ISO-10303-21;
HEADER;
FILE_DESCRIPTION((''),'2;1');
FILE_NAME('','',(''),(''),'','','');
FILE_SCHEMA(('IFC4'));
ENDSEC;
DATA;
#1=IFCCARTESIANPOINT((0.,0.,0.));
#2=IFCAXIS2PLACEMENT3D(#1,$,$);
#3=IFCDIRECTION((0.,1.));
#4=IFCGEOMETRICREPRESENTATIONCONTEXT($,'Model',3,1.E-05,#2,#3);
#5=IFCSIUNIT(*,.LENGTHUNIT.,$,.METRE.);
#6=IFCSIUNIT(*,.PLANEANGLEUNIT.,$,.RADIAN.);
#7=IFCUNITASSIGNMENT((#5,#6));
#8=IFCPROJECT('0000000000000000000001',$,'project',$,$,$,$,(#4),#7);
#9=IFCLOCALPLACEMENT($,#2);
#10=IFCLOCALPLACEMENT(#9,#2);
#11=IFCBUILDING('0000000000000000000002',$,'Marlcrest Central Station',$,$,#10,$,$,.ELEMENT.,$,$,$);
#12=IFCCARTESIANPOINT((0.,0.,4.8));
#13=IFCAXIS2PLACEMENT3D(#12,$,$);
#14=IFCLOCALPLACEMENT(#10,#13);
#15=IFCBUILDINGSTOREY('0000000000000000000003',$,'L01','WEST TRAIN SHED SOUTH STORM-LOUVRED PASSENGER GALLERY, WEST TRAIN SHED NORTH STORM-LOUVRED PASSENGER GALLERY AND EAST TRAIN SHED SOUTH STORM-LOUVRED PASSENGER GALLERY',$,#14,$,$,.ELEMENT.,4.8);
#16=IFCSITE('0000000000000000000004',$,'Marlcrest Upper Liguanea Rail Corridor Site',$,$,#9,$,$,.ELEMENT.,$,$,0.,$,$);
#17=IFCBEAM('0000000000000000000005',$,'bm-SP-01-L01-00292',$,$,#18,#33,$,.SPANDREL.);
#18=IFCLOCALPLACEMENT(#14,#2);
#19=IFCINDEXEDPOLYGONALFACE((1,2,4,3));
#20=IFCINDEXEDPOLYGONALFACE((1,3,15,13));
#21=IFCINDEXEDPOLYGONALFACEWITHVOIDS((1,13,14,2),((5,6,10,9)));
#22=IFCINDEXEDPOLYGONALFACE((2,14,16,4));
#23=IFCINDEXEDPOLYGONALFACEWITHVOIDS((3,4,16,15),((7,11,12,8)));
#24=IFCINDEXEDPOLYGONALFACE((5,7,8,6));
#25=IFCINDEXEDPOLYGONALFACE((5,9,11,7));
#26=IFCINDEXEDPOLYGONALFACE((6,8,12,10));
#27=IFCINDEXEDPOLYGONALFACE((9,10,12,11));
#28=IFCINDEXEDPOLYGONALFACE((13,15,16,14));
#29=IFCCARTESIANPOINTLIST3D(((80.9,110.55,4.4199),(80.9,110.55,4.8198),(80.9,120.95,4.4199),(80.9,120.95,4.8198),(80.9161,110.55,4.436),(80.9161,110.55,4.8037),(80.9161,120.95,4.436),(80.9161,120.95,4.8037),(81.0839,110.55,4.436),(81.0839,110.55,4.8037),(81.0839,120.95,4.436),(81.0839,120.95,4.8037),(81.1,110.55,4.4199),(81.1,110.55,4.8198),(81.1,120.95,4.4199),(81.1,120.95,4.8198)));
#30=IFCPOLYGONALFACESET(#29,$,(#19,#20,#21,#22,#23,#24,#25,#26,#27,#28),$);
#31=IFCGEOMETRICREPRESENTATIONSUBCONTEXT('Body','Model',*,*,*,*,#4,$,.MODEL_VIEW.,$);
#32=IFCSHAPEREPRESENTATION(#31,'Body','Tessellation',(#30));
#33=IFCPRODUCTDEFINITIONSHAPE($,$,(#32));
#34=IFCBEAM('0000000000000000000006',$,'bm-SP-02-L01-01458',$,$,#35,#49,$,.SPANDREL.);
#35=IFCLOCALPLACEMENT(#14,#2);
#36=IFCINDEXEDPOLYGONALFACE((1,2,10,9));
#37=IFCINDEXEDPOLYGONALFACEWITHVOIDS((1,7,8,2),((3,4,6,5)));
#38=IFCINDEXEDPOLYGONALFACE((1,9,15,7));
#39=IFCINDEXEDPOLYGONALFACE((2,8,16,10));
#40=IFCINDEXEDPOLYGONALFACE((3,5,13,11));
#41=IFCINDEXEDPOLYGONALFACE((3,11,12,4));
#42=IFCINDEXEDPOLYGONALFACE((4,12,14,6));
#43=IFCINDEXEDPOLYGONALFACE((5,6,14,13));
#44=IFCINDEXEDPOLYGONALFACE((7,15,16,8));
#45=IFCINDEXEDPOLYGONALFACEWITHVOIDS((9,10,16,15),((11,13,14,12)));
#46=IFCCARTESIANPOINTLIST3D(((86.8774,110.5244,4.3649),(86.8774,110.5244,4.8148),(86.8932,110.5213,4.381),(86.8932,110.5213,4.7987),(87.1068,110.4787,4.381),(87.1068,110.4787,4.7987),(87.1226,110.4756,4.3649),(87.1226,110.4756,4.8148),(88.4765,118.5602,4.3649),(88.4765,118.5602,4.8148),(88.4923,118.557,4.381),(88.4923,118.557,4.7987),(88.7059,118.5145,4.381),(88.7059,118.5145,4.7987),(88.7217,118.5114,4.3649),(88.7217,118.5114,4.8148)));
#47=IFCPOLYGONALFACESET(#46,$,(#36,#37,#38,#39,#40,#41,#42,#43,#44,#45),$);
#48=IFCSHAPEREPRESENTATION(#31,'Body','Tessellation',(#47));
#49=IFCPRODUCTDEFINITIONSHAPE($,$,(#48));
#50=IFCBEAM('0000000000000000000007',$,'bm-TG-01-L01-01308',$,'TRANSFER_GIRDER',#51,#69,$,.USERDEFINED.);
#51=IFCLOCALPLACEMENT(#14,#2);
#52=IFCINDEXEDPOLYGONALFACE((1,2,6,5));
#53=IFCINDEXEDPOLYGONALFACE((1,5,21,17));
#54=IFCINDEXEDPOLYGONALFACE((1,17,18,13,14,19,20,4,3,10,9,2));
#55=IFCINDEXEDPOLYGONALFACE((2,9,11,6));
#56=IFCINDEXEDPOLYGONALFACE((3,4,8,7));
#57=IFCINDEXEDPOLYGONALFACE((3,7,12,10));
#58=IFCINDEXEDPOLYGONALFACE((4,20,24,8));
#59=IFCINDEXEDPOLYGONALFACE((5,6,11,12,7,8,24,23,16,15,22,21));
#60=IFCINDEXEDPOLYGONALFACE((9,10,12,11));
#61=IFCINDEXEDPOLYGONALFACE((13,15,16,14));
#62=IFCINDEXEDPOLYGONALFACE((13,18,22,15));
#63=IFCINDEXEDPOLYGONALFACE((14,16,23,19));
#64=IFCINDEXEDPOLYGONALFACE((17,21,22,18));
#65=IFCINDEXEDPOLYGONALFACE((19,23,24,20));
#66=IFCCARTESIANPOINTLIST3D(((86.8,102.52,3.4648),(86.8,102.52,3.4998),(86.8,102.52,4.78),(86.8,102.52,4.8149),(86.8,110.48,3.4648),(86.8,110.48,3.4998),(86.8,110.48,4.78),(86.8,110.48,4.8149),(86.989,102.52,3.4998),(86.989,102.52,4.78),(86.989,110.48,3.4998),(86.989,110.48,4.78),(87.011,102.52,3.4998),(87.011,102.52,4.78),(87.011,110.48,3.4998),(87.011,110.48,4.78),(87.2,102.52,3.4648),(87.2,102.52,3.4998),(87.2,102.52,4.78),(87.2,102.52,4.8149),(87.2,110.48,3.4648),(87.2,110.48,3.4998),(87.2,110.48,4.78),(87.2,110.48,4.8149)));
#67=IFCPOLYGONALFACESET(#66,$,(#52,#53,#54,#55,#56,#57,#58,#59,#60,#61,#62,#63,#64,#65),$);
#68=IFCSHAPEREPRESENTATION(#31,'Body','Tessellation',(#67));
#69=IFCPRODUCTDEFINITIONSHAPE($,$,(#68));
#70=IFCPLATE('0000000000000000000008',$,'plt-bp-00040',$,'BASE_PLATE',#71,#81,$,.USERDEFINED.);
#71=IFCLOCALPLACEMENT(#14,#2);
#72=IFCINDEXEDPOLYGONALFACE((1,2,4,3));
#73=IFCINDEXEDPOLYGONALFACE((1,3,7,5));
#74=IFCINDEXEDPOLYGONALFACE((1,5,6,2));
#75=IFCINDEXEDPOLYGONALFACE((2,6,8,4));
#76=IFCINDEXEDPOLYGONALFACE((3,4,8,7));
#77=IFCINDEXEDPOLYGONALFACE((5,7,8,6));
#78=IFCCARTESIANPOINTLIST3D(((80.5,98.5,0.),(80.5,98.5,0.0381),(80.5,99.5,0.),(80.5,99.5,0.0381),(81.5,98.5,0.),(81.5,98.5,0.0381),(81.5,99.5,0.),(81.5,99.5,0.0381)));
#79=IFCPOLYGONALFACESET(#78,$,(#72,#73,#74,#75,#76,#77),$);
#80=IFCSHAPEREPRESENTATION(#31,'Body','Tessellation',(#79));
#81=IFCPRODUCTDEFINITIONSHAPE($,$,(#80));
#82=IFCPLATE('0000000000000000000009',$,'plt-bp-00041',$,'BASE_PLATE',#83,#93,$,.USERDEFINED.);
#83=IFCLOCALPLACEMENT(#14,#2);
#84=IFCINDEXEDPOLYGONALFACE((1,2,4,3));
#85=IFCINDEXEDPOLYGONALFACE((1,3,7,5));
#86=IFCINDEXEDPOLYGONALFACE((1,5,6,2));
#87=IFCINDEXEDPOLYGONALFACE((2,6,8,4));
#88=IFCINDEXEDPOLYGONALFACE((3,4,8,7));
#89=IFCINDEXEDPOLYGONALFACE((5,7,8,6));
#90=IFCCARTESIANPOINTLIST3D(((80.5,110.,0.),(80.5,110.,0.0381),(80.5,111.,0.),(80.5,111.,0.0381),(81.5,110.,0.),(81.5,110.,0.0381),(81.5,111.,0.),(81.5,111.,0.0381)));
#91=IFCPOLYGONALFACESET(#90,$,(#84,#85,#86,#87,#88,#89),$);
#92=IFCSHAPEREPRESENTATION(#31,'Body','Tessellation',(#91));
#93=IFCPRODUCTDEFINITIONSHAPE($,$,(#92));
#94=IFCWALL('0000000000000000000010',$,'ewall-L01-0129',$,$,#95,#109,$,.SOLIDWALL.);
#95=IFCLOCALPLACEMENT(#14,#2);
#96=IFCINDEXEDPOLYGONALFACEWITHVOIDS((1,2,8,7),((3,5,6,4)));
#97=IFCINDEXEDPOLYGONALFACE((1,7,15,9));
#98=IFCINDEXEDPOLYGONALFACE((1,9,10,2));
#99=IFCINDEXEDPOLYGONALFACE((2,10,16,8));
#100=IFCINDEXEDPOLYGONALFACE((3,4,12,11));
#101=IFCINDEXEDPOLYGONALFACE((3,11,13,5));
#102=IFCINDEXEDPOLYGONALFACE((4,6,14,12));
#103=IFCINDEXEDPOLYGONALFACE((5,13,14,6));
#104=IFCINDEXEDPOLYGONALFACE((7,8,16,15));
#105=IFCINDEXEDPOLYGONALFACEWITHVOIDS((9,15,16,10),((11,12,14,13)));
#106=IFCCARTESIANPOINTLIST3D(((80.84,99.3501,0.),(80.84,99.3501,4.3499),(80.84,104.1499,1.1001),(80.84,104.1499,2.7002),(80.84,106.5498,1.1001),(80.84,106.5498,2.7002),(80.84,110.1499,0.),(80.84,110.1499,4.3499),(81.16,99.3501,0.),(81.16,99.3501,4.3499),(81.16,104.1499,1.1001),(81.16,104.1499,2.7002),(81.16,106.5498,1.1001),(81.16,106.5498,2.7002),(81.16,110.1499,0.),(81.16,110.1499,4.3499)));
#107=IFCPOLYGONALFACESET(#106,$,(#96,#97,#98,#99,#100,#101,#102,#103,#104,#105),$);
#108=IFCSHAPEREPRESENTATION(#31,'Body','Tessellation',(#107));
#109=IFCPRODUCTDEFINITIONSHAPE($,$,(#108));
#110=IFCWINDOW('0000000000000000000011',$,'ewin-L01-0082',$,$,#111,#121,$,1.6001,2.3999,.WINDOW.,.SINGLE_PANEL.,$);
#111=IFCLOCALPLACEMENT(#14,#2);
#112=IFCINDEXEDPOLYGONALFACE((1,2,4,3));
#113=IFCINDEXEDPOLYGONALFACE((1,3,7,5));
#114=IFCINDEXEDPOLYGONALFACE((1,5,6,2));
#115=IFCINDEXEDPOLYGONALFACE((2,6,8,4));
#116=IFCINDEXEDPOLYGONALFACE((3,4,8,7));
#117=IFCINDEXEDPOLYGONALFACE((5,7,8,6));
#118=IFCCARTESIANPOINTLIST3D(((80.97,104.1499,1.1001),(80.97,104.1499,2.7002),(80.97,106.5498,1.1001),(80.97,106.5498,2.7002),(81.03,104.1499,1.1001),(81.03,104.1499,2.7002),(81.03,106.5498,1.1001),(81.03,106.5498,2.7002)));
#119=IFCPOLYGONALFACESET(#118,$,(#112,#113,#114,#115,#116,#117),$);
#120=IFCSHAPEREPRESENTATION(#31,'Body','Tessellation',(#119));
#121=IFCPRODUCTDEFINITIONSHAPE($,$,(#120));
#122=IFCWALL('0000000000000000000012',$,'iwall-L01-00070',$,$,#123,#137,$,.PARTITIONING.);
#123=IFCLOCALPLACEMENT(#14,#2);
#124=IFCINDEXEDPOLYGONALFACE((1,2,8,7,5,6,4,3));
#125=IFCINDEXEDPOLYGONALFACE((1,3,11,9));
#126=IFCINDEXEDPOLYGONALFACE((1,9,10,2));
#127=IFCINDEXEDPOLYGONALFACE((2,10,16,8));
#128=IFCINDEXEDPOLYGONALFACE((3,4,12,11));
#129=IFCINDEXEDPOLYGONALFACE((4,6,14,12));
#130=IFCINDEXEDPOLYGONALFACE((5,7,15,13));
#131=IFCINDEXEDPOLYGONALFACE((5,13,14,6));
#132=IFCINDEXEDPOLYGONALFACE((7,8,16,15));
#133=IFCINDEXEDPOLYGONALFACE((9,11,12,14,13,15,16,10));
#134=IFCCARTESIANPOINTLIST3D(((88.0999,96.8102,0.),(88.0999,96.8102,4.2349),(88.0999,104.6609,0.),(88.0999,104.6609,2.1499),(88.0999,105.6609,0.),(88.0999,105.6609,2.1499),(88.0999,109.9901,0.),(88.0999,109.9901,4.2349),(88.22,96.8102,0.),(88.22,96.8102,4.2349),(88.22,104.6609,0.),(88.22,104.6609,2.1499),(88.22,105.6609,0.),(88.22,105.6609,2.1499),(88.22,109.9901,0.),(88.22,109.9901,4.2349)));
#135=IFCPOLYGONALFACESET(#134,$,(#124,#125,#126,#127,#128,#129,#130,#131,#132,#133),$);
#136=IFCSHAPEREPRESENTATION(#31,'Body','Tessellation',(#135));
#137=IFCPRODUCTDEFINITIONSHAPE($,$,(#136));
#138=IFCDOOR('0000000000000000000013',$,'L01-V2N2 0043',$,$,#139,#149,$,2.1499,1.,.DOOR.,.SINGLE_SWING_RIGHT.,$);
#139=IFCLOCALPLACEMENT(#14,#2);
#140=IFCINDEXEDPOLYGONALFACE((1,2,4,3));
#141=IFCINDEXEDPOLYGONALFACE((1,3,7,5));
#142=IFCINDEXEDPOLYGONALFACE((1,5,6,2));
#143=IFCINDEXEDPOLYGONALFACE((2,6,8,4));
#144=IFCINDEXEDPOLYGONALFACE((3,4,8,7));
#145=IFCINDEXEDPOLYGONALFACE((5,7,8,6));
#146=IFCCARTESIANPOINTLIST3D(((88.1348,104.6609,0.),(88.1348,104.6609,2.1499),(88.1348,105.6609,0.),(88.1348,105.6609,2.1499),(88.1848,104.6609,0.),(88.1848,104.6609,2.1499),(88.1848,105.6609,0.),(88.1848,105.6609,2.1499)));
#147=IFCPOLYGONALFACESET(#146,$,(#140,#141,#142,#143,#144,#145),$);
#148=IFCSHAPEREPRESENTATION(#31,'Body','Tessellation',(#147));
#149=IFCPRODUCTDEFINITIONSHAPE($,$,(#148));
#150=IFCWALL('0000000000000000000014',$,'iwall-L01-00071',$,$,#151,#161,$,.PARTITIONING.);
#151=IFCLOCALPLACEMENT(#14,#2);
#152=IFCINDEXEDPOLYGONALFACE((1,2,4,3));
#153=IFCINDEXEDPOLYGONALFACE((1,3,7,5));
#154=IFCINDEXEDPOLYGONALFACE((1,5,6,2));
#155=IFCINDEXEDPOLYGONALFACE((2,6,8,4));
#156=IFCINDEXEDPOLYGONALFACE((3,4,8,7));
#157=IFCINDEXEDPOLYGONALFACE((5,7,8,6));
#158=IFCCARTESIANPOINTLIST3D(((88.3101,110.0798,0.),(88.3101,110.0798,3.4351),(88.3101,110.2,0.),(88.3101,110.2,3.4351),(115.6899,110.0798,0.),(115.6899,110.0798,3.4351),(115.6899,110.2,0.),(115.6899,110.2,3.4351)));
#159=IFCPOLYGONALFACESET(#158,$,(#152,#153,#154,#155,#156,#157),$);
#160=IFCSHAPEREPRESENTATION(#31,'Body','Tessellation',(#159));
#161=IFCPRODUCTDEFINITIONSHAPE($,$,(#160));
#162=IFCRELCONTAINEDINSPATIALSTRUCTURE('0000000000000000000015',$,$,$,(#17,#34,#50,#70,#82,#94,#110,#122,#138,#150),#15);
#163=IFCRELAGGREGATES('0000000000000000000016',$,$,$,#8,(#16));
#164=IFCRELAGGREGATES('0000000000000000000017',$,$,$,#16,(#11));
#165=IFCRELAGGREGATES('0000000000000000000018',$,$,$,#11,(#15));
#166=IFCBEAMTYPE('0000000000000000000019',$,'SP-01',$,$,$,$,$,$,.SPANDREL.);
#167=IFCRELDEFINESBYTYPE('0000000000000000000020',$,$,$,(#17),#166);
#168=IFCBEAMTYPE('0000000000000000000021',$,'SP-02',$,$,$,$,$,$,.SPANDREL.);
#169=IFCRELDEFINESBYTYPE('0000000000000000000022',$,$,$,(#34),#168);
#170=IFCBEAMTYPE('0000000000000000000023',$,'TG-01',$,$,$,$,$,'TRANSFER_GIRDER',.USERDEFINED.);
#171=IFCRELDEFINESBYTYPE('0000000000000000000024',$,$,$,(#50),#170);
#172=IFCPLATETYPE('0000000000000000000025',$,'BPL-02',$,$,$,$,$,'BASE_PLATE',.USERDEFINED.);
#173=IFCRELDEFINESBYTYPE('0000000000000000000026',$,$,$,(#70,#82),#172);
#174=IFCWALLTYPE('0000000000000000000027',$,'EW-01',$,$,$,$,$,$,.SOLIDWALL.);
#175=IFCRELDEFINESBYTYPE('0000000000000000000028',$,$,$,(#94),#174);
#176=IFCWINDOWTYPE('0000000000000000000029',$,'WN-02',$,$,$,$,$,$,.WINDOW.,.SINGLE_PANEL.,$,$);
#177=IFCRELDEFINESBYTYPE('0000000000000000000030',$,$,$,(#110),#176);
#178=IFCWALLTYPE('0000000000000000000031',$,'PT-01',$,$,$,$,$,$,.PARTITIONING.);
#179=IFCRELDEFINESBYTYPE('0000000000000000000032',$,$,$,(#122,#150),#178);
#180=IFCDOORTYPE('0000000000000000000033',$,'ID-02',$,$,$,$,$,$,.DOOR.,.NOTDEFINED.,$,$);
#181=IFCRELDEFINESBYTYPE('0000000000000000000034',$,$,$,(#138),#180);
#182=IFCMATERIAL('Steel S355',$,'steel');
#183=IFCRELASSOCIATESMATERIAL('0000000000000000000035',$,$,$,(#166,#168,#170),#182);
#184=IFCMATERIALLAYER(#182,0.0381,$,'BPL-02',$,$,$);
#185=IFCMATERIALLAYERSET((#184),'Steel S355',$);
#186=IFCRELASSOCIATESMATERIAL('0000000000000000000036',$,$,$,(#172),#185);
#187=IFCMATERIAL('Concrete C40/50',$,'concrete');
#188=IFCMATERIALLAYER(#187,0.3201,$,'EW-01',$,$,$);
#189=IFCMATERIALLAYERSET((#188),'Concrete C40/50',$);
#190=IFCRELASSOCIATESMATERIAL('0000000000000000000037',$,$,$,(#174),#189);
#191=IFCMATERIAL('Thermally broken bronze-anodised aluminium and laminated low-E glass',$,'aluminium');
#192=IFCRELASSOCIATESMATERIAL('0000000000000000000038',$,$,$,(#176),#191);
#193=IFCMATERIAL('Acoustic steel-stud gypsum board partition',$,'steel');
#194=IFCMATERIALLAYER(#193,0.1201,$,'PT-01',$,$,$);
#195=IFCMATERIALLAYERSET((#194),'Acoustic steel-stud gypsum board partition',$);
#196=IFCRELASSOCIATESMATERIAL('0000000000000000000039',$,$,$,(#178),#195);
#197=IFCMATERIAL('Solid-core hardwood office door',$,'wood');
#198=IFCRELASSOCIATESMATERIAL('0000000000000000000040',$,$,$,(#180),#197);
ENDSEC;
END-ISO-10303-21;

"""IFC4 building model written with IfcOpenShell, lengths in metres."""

from ifc_helpers import new_model, si_unit, direction, frame, frame_2d, origin, origin_2d, place, context, subcontext, project, spatial, rectangle, hollow_rectangle, i_section, extrude, material, layer, layer_set, material_profile, profile_set, type_object, element, fill, save


model = new_model("IFC4")

# Units and contexts
model_context = context("Model", 3, precision=1e-05, world=origin(), true_north=direction((0.0, 1.0)))
body_context = subcontext(model_context, "Body", "Model", "MODEL_VIEW")
ifc_project = project(units=[si_unit("LENGTHUNIT", "METRE"), si_unit("PLANEANGLEUNIT", "RADIAN")], contexts=[model_context])

# Site, building, storey
site_placement = place(None, origin())
site = spatial("IfcSite", under=ifc_project, at=site_placement, Name="Marlcrest Upper Liguanea Rail Corridor Site", CompositionType="ELEMENT", RefElevation=0.0)
building_placement = place(site_placement, origin())
building = spatial("IfcBuilding", under=site, at=building_placement, Name="Marlcrest Central Station", CompositionType="ELEMENT")
storey_placement = place(building_placement, frame((0.0, 0.0, 4.8)))
storey = spatial("IfcBuildingStorey", under=building, at=storey_placement, Name="L01", Description="WEST TRAIN SHED SOUTH STORM-LOUVRED PASSENGER GALLERY, WEST TRAIN SHED NORTH STORM-LOUVRED PASSENGER GALLERY AND EAST TRAIN SHED SOUTH STORM-LOUVRED PASSENGER GALLERY", CompositionType="ELEMENT", Elevation=4.8)

# Shared definitions
ifc_material_1 = material(Name="Steel S355", Category="steel")

# Beams
ifc_material_profile_1 = material_profile(ifc_material_1, hollow_rectangle(XDim=0.2, YDim=0.3999, WallThickness=0.0161, at=origin_2d()), Name="RHS 400x200x16")
ifc_profile_set_1 = profile_set([ifc_material_profile_1], Name="Steel S355")
beam_type_1 = type_object("IfcBeamType", Name="SP-01", PredefinedType="SPANDREL", material=ifc_profile_set_1)
beam_1_placement = place(storey_placement, frame((81.0, 110.55, 4.6199), z_axis=(0.0, 1.0, 0.0), x_axis=(-1.0, 0.0, 0.0)))
element("IfcBeam", 1, at=beam_1_placement, inside=storey, type_object=beam_type_1, Name="bm-SP-01-L01-00292", PredefinedType="SPANDREL", context=body_context, shape_type="SweptSolid", body=[
    extrude(hollow_rectangle(XDim=0.2, YDim=0.3999, WallThickness=0.0161, at=origin_2d()), origin(), (0.0, 0.0, 1.0), 10.3999),
])
ifc_material_profile_2 = material_profile(ifc_material_1, hollow_rectangle(XDim=0.25, YDim=0.45, WallThickness=0.0161, at=origin_2d()), Name="RHS 450x250x16")
ifc_profile_set_2 = profile_set([ifc_material_profile_2], Name="Steel S355")
beam_type_2 = type_object("IfcBeamType", Name="SP-02", PredefinedType="SPANDREL", material=ifc_profile_set_2)
beam_2_placement = place(storey_placement, frame((87.0, 110.5, 4.5898), z_axis=(0.195171, 0.980769, 0.0), x_axis=(-0.980769, 0.195171, 0.0)))
element("IfcBeam", 2, at=beam_2_placement, inside=storey, type_object=beam_type_2, Name="bm-SP-02-L01-01458", PredefinedType="SPANDREL", context=body_context, shape_type="SweptSolid", body=[
    extrude(hollow_rectangle(XDim=0.25, YDim=0.45, WallThickness=0.0161, at=origin_2d()), origin(), (0.0, 0.0, 1.0), 8.1934),
])
ifc_material_profile_3 = material_profile(ifc_material_1, i_section(OverallWidth=0.3999, OverallDepth=1.3501, WebThickness=0.022, FlangeThickness=0.0349, at=origin_2d()), Name="PG 1350x400")
ifc_profile_set_3 = profile_set([ifc_material_profile_3], Name="Steel S355")
beam_type_3 = type_object("IfcBeamType", Name="TG-01", ElementType="TRANSFER_GIRDER", PredefinedType="USERDEFINED", material=ifc_profile_set_3)
beam_3_placement = place(storey_placement, frame((87.0, 102.52, 4.1399), z_axis=(0.0, 1.0, 0.0), x_axis=(-1.0, 0.0, 0.0)))
element("IfcBeam", 3, at=beam_3_placement, inside=storey, type_object=beam_type_3, Name="bm-TG-01-L01-01308", ObjectType="TRANSFER_GIRDER", PredefinedType="USERDEFINED", context=body_context, shape_type="SweptSolid", body=[
    extrude(i_section(OverallWidth=0.3999, OverallDepth=1.3501, WebThickness=0.022, FlangeThickness=0.0349, at=origin_2d()), origin(), (0.0, 0.0, 1.0), 7.96),
])

# Plates
ifc_layer_1 = layer(ifc_material_1, 0.0381, Name="BPL-02")
ifc_layer_set_1 = layer_set([ifc_layer_1], Name="Steel S355")
plate_type = type_object("IfcPlateType", Name="BPL-02", ElementType="BASE_PLATE", PredefinedType="USERDEFINED", material=ifc_layer_set_1)
for number, where, z_axis, x_axis, name in (
    (4, (81.0, 99.0, 0.0), (0.0, 0.0, 1.0), (1.0, 0.0, 0.0), "plt-bp-00040"),
    (5, (81.0, 110.5, 0.0), (0.0, 0.0, 1.0), (1.0, 0.0, 0.0), "plt-bp-00041"),
):
    element("IfcPlate", number, at=place(storey_placement, frame(where, z_axis=z_axis, x_axis=x_axis)), inside=storey, type_object=plate_type, Name=name, ObjectType="BASE_PLATE", PredefinedType="USERDEFINED", context=body_context, shape_type="SweptSolid", body=[
        extrude(rectangle(XDim=1.0, YDim=1.0, at=origin_2d()), origin(), (0.0, 0.0, 1.0), 0.0381),
    ])

# Wall, opening, window
ifc_material_2 = material(Name="Concrete C40/50", Category="concrete")
ifc_layer_2 = layer(ifc_material_2, 0.3201, Name="EW-01")
ifc_layer_set_2 = layer_set([ifc_layer_2], Name="Concrete C40/50")
wall_type_1 = type_object("IfcWallType", Name="EW-01", PredefinedType="SOLIDWALL", material=ifc_layer_set_2)
wall_1_placement = place(storey_placement, frame((81.0, 110.1499, 0.0), z_axis=(0.0, 0.0, 1.0), x_axis=(0.0, -1.0, 0.0)))
wall_1 = element("IfcWall", 6, at=wall_1_placement, inside=storey, type_object=wall_type_1, Name="ewall-L01-0129", PredefinedType="SOLIDWALL", context=body_context, shape_type="SweptSolid", body=[
    extrude(rectangle(XDim=10.7998, YDim=0.3201, at=frame_2d((5.3999, 0.0))), origin(), (0.0, 0.0, 1.0), 4.3499),
])
opening_1_placement = place(wall_1_placement, frame((3.6001, 0.0, 1.1001)))
opening_1 = element("IfcOpeningElement", 7, at=opening_1_placement, cuts=wall_1, PredefinedType="OPENING", context=body_context, shape_type="SweptSolid", body=[
    extrude(rectangle(XDim=2.3999, YDim=1.6001, at=frame_2d((1.2, 0.8))), frame((0.0, 0.1699, 0.0), z_axis=(0.0, -1.0, 0.0), x_axis=(1.0, 0.0, 0.0)), (0.0, 0.0, 1.0), 0.3401),
])
ifc_material_3 = material(Name="Thermally broken bronze-anodised aluminium and laminated low-E glass", Category="aluminium")
window_type = type_object("IfcWindowType", Name="WN-02", PartitioningType="SINGLE_PANEL", PredefinedType="WINDOW", material=ifc_material_3)
window_placement = place(opening_1_placement, origin())
window = element("IfcWindow", 8, at=window_placement, inside=storey, type_object=window_type, Name="ewin-L01-0082", OverallHeight=1.6001, OverallWidth=2.3999, PartitioningType="SINGLE_PANEL", PredefinedType="WINDOW", context=body_context, shape_type="SweptSolid", body=[
    extrude(rectangle(XDim=2.3999, YDim=1.6001, at=frame_2d((1.2, 0.8))), frame((0.0, 0.03, 0.0), z_axis=(0.0, -1.0, 0.0), x_axis=(1.0, 0.0, 0.0)), (0.0, 0.0, 1.0), 0.0601),
])
fill(opening_1, window)

# Wall, opening, door
ifc_material_4 = material(Name="Acoustic steel-stud gypsum board partition", Category="steel")
ifc_layer_3 = layer(ifc_material_4, 0.1201, Name="PT-01")
ifc_layer_set_3 = layer_set([ifc_layer_3], Name="Acoustic steel-stud gypsum board partition")
wall_type_2 = type_object("IfcWallType", Name="PT-01", PredefinedType="PARTITIONING", material=ifc_layer_set_3)
wall_2_placement = place(storey_placement, frame((88.1599, 109.99, 0.0), z_axis=(0.0, 0.0, 1.0), x_axis=(0.0, -1.0, 0.0)))
wall_2 = element("IfcWall", 9, at=wall_2_placement, inside=storey, type_object=wall_type_2, Name="iwall-L01-00070", PredefinedType="PARTITIONING", context=body_context, shape_type="SweptSolid", body=[
    extrude(rectangle(XDim=13.1799, YDim=0.1201, at=frame_2d((6.5898, 0.0))), origin(), (0.0, 0.0, 1.0), 4.2349),
])
opening_2_placement = place(wall_2_placement, frame((4.3291, 0.0, 0.0)))
opening_2 = element("IfcOpeningElement", 10, at=opening_2_placement, cuts=wall_2, PredefinedType="OPENING", context=body_context, shape_type="SweptSolid", body=[
    extrude(rectangle(XDim=1.0, YDim=2.1499, at=frame_2d((0.5, 1.075))), frame((0.0, 0.0701, 0.0), z_axis=(0.0, -1.0, 0.0), x_axis=(1.0, 0.0, 0.0)), (0.0, 0.0, 1.0), 0.1401),
])
ifc_material_5 = material(Name="Solid-core hardwood office door", Category="wood")
door_type = type_object("IfcDoorType", Name="ID-02", OperationType="NOTDEFINED", PredefinedType="DOOR", material=ifc_material_5)
door_placement = place(opening_2_placement, origin())
door = element("IfcDoor", 11, at=door_placement, inside=storey, type_object=door_type, Name="L01-V2N2 0043", OperationType="SINGLE_SWING_RIGHT", OverallHeight=2.1499, OverallWidth=1.0, PredefinedType="DOOR", context=body_context, shape_type="SweptSolid", body=[
    extrude(rectangle(XDim=1.0, YDim=2.1499, at=frame_2d((0.5, 1.075))), frame((0.0, 0.0249, 0.0), z_axis=(0.0, -1.0, 0.0), x_axis=(1.0, 0.0, 0.0)), (0.0, 0.0, 1.0), 0.05),
])
fill(opening_2, door)

# Wall
wall_3_placement = place(storey_placement, frame((88.3101, 110.1399, 0.0), z_axis=(0.0, 0.0, 1.0), x_axis=(1.0, 0.0, 0.0)))
element("IfcWall", 12, at=wall_3_placement, inside=storey, type_object=wall_type_2, Name="iwall-L01-00071", PredefinedType="PARTITIONING", context=body_context, shape_type="SweptSolid", body=[
    extrude(rectangle(XDim=27.3799, YDim=0.1201, at=frame_2d((13.6899, 0.0))), origin(), (0.0, 0.0, 1.0), 3.4351),
])

save(model, "model.ifc")
